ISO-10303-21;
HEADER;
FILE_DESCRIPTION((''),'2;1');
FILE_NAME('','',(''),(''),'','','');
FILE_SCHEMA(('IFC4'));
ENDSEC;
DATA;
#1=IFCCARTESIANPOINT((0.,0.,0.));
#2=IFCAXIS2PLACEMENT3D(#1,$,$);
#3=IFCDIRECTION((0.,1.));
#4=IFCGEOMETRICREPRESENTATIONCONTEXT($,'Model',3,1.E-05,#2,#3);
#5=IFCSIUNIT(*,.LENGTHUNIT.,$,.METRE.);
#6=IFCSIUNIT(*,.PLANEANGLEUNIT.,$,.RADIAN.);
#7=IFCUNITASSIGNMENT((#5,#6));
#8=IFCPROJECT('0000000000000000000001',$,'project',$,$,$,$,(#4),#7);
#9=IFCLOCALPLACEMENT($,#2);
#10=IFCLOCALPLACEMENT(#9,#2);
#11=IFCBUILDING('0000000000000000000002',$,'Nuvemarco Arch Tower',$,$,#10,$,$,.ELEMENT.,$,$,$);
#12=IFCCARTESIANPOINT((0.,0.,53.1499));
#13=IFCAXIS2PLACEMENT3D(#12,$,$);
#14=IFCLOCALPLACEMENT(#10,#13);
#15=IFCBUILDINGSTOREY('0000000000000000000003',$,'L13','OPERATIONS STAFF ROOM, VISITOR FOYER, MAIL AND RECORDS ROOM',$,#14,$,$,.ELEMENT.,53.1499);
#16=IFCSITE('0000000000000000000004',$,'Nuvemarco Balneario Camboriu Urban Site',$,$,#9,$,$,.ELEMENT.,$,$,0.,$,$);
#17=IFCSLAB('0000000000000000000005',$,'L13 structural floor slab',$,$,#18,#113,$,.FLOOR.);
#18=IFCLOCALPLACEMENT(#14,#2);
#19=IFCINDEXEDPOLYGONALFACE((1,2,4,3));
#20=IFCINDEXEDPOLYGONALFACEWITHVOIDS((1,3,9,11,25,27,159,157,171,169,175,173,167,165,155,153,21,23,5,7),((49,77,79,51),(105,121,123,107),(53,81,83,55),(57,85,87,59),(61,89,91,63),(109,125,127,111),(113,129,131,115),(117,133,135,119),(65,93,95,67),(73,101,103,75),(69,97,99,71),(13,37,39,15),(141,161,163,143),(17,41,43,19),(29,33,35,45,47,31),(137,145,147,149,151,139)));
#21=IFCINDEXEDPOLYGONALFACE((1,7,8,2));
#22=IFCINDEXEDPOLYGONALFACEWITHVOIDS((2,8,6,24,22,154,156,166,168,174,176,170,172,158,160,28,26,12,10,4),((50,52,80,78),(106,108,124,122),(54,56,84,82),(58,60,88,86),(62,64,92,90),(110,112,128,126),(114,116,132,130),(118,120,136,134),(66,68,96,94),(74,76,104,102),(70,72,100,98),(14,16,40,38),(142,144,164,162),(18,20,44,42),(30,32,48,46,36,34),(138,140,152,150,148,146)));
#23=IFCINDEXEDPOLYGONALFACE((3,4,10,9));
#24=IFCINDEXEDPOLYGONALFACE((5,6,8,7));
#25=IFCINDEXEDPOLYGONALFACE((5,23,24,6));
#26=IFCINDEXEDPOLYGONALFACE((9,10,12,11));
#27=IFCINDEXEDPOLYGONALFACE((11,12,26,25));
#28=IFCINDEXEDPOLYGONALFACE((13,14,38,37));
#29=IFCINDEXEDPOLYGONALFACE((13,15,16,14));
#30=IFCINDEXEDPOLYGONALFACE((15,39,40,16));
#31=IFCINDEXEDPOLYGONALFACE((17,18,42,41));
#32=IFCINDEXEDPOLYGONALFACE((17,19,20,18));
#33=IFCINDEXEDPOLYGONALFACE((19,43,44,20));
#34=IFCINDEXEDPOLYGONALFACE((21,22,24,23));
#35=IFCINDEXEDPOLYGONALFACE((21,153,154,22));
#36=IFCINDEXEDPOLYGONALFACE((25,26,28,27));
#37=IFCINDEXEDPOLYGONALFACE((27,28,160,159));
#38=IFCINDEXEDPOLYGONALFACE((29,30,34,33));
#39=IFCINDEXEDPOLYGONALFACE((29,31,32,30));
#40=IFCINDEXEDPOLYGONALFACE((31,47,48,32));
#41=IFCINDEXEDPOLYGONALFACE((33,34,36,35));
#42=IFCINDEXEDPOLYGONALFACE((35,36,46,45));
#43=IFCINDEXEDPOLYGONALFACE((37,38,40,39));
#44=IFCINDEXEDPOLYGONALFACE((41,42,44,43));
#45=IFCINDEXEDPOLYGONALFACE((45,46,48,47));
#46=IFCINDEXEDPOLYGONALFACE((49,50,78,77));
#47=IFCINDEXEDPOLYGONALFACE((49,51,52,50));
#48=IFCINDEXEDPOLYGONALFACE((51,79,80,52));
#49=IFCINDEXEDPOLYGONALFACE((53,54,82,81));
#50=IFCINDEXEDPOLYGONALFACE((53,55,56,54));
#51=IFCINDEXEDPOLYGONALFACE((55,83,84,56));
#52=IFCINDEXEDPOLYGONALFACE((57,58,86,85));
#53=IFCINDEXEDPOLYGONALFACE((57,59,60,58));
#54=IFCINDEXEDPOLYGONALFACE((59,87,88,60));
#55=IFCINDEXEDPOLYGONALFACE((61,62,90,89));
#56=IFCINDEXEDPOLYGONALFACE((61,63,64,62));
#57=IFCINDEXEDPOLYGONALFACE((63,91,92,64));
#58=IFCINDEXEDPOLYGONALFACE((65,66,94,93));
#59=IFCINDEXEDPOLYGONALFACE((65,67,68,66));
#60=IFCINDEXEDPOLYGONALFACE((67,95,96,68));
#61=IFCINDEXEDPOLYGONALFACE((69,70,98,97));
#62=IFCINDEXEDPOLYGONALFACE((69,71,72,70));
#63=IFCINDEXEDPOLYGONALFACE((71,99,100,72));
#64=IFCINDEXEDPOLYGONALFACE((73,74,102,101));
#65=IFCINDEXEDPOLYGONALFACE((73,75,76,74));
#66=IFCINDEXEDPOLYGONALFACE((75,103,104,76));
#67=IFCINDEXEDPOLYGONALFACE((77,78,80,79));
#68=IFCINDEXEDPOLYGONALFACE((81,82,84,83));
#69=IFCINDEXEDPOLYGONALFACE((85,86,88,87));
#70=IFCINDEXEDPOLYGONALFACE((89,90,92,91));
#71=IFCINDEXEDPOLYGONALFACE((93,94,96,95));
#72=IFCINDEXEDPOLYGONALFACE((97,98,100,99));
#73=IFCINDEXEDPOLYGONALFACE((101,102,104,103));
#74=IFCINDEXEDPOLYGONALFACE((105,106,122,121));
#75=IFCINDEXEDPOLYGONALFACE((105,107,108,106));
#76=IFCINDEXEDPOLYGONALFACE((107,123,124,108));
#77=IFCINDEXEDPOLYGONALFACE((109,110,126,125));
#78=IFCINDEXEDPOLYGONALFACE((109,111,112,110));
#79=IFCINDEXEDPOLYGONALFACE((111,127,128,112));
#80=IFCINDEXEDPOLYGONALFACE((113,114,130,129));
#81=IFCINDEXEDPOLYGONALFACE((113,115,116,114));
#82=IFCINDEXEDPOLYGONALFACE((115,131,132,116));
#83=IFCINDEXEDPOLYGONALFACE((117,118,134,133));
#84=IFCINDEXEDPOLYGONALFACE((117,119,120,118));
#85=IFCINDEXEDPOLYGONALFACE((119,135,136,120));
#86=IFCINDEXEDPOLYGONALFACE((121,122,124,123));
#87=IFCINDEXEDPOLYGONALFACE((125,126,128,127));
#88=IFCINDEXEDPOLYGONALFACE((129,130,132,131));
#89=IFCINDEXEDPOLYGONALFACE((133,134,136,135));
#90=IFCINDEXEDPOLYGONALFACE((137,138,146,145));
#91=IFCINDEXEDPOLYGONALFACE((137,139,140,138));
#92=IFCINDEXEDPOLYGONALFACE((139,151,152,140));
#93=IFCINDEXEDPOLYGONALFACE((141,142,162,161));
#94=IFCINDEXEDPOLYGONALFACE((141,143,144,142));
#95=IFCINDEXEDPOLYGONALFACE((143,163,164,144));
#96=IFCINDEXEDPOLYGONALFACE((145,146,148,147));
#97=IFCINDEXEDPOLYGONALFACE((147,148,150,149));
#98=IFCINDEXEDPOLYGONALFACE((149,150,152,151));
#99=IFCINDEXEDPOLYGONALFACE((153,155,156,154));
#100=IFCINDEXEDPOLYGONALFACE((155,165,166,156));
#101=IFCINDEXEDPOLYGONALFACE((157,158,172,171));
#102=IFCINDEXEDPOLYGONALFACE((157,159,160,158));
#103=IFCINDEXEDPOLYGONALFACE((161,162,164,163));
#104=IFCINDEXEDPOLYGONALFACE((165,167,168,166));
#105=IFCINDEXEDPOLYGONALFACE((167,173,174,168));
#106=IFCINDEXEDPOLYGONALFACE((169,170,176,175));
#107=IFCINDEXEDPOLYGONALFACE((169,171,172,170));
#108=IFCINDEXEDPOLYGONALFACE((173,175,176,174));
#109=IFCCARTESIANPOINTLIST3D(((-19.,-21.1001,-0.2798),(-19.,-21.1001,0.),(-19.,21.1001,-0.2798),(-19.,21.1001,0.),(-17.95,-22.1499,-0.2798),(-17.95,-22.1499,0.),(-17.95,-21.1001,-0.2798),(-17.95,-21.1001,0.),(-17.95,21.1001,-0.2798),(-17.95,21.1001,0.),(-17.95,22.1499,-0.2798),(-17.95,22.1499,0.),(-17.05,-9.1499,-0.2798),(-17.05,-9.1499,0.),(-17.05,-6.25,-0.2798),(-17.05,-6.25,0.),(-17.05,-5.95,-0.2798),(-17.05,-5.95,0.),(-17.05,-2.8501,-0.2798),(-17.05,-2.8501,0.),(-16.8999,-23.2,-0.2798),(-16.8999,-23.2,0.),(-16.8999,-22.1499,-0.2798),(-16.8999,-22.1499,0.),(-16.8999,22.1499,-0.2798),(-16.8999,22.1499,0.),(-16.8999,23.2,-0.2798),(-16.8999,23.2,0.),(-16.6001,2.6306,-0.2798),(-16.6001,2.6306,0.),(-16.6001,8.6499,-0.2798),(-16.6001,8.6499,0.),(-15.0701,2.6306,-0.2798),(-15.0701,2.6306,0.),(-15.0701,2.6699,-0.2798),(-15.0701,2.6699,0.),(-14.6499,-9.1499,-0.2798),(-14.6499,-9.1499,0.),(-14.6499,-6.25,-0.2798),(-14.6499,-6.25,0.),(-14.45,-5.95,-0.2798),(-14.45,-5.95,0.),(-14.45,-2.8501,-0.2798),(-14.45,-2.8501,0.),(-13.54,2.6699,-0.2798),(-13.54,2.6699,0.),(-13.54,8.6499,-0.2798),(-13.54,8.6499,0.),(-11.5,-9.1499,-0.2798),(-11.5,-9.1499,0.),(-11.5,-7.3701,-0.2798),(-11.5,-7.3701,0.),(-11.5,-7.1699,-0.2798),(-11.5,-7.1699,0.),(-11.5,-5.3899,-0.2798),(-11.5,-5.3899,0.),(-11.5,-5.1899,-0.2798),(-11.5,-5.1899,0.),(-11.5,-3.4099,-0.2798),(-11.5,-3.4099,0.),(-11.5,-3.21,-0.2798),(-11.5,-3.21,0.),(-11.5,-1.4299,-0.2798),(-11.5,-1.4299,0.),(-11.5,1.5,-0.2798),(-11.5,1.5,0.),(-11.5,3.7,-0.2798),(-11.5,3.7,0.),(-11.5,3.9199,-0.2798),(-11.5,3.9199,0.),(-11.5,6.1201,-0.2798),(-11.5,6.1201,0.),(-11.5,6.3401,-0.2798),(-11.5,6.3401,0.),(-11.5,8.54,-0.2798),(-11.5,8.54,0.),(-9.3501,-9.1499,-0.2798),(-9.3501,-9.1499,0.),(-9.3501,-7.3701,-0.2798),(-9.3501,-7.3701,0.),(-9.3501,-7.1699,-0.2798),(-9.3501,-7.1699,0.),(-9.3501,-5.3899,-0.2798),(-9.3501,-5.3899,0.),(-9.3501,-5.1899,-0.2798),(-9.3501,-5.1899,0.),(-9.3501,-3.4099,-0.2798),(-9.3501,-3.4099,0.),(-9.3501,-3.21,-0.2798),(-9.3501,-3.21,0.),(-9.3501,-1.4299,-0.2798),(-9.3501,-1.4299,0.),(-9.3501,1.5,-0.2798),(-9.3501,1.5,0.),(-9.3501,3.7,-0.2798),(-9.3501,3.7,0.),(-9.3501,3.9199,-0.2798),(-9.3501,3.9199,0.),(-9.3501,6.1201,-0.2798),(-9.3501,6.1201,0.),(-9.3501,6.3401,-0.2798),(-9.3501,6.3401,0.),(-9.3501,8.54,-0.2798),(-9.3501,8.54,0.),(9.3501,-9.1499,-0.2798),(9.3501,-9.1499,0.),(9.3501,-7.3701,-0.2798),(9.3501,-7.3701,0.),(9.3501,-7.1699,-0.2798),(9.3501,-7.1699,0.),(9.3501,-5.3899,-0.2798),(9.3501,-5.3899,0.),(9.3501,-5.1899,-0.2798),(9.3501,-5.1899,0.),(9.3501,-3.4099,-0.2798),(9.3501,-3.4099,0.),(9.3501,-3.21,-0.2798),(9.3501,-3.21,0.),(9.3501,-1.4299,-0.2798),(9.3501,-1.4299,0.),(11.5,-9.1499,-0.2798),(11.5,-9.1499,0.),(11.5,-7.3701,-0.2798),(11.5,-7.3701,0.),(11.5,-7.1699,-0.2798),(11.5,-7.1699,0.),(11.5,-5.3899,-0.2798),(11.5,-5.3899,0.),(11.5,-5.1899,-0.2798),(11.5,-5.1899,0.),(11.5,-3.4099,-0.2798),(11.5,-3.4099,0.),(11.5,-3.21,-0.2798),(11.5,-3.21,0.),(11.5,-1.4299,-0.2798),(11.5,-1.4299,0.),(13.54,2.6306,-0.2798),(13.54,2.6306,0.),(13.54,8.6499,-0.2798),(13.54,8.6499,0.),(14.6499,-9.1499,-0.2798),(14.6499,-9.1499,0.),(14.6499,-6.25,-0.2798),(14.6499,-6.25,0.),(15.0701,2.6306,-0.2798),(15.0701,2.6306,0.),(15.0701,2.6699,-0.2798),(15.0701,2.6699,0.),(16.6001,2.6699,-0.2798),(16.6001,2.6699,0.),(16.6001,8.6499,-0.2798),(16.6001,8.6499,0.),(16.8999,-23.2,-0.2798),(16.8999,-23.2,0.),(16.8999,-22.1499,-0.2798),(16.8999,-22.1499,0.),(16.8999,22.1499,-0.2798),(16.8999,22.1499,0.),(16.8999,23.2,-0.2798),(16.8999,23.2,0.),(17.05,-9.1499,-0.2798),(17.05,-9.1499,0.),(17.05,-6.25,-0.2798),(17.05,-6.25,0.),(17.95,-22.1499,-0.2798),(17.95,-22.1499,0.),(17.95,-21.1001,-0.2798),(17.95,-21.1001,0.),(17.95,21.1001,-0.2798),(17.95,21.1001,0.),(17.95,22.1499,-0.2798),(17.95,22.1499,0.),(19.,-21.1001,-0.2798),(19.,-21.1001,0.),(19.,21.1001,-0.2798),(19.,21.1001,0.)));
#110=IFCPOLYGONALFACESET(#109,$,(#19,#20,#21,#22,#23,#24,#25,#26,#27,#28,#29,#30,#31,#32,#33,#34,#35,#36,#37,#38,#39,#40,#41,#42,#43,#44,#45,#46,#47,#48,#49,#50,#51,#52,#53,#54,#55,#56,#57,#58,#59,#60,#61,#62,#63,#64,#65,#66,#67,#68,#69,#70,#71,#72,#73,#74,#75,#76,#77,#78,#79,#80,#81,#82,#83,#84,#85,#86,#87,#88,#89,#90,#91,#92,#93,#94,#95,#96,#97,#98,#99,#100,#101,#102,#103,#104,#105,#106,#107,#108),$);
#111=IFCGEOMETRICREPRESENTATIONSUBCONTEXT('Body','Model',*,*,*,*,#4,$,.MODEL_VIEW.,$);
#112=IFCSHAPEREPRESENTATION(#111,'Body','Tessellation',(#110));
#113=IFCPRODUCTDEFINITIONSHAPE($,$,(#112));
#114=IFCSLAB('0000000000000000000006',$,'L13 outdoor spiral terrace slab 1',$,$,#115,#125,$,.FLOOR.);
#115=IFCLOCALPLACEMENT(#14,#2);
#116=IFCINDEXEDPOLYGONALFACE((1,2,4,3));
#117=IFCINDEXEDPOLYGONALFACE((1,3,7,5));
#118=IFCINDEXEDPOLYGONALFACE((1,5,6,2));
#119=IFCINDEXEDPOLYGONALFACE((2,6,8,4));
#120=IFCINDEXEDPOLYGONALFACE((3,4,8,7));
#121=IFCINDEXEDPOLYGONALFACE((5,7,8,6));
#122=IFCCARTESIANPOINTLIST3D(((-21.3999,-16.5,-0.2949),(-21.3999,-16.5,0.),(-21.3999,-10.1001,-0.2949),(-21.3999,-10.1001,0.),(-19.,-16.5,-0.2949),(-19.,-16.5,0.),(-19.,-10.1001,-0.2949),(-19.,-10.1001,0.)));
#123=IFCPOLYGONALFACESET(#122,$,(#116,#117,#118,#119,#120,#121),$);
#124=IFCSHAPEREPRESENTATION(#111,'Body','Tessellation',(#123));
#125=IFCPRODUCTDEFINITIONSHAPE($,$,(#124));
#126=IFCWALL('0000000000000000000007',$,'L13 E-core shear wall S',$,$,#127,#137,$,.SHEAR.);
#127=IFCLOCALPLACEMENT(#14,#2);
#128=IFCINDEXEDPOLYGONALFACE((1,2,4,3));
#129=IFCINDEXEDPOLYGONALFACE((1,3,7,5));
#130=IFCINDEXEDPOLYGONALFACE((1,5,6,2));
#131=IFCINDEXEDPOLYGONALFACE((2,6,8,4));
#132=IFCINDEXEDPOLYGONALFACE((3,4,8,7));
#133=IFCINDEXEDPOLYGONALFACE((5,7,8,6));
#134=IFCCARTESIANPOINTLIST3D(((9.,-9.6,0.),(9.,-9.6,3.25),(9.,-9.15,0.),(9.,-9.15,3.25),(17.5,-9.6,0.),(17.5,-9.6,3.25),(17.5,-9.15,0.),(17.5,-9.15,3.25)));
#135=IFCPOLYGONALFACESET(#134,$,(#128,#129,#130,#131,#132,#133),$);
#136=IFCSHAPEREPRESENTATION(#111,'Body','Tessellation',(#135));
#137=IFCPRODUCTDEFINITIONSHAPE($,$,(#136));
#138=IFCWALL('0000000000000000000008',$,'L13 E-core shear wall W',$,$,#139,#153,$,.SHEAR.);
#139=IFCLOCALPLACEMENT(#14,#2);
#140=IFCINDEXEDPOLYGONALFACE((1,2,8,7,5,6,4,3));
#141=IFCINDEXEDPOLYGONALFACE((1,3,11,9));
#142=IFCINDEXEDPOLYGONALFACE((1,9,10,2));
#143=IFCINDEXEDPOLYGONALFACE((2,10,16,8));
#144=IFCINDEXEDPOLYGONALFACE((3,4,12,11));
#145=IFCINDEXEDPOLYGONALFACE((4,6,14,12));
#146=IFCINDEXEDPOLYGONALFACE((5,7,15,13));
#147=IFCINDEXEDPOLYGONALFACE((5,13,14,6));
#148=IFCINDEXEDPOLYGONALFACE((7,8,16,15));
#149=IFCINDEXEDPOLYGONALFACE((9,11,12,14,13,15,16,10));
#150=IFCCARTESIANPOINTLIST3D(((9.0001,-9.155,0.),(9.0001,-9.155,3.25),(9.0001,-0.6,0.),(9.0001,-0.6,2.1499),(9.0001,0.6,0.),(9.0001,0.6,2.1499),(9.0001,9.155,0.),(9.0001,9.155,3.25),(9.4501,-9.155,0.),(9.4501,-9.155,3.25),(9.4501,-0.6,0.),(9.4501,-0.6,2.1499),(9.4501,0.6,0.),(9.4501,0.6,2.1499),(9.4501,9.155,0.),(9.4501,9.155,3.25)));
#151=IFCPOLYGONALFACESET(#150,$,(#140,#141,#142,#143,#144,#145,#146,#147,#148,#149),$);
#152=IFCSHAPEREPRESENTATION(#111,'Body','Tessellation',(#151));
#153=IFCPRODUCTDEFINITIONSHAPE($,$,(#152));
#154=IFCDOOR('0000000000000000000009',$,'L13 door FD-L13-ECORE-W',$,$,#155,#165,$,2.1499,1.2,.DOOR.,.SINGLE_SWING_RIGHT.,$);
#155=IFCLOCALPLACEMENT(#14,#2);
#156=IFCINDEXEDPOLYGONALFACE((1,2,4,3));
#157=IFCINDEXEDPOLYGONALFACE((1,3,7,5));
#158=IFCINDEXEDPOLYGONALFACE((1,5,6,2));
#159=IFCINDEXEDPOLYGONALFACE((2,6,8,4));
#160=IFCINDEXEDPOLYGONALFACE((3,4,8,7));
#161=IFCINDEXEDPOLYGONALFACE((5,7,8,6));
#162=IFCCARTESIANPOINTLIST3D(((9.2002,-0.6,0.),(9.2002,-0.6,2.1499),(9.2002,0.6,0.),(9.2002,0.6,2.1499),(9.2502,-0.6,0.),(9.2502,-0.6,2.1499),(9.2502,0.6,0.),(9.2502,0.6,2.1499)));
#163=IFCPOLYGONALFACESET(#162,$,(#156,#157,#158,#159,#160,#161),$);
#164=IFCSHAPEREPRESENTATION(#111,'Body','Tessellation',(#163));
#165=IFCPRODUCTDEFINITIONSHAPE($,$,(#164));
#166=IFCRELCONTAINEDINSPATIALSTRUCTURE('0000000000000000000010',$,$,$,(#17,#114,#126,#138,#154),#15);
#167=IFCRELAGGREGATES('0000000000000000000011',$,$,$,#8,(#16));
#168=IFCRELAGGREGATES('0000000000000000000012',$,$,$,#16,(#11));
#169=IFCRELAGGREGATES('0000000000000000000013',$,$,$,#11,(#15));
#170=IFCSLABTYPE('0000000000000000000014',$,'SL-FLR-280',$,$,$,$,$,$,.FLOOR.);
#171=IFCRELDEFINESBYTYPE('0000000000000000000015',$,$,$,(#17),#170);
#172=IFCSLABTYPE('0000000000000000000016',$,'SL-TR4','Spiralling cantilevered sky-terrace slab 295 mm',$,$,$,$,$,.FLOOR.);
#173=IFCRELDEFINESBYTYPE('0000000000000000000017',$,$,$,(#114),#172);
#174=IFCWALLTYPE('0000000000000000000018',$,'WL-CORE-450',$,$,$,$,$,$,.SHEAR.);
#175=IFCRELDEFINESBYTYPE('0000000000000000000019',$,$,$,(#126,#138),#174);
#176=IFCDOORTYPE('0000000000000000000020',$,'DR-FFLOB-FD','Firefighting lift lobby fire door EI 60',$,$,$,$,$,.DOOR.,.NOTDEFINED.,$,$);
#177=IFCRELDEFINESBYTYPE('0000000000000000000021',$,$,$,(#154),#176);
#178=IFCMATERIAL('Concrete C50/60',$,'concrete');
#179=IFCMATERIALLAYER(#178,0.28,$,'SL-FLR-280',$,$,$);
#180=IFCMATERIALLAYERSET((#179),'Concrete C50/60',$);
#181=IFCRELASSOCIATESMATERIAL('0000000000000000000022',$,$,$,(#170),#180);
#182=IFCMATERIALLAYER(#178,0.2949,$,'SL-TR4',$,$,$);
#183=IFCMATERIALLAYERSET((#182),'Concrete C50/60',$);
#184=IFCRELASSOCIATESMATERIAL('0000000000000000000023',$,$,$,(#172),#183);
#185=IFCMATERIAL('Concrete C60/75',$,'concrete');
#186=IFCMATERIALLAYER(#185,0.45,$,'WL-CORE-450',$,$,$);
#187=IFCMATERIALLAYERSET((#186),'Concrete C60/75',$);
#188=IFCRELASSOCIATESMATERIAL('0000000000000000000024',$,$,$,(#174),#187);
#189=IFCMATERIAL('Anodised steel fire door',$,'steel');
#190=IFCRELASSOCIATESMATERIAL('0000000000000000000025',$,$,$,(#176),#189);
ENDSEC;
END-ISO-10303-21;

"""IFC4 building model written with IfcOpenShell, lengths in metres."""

from ifc_helpers import new_model, si_unit, direction, frame, frame_2d, origin, place, context, subcontext, project, spatial, polyline, rectangle, outline, extrude, source, transform, mapped, material, layer, layer_set, type_object, type_shapes, element, fill, save


model = new_model("IFC4")

# Units and contexts
model_context = context("Model", 3, precision=1e-05, world=origin(), true_north=direction((0.0, 1.0)))
body_context = subcontext(model_context, "Body", "Model", "MODEL_VIEW")
ifc_project = project(units=[si_unit("LENGTHUNIT", "METRE"), si_unit("PLANEANGLEUNIT", "RADIAN")], contexts=[model_context])

# Site, building, storey
site_placement = place(None, origin())
site = spatial("IfcSite", under=ifc_project, at=site_placement, Name="Nuvemarco Balneario Camboriu Urban Site", CompositionType="ELEMENT", RefElevation=0.0)
building_placement = place(site_placement, origin())
building = spatial("IfcBuilding", under=site, at=building_placement, Name="Nuvemarco Arch Tower", CompositionType="ELEMENT")
storey_placement = place(building_placement, frame((0.0, 0.0, 53.1499)))
storey = spatial("IfcBuildingStorey", under=building, at=storey_placement, Name="L13", Description="OPERATIONS STAFF ROOM, VISITOR FOYER, MAIL AND RECORDS ROOM", CompositionType="ELEMENT", Elevation=53.1499)

# Shared definitions
ifc_material_1 = material(Name="Concrete C60/75", Category="concrete")

# Slabs
ifc_material_2 = material(Name="Concrete C50/60", Category="concrete")
ifc_layer_1 = layer(ifc_material_2, 0.28, Name="SL-FLR-280")
ifc_layer_set_1 = layer_set([ifc_layer_1], Name="Concrete C50/60")
slab_type_1 = type_object("IfcSlabType", Name="SL-FLR-280", PredefinedType="FLOOR", material=ifc_layer_set_1)
slab_1_placement = place(storey_placement, frame((0.0, 0.0, -0.2798)))
element("IfcSlab", 1, at=slab_1_placement, inside=storey, type_object=slab_type_1, Name="L13 structural floor slab", PredefinedType="FLOOR", context=body_context, shape_type="SweptSolid", body=[
    extrude(outline(polyline([(-16.8999, -23.2), (16.8999, -23.2), (16.8999, -22.1499), (17.95, -22.1499), (17.95, -21.1001), (19.0, -21.1001), (19.0, 21.1001), (17.95, 21.1001), (17.95, 22.1499), (16.8999, 22.1499), (16.8999, 23.2), (-16.8999, 23.2), (-16.8999, 22.1499), (-17.95, 22.1499), (-17.95, 21.1001), (-19.0, 21.1001), (-19.0, -21.1001), (-17.95, -21.1001), (-17.95, -22.1499), (-16.8999, -22.1499), (-16.8999, -23.2)]), holes=[polyline([(-13.54, 2.6699), (-13.54, 8.6499), (-16.6001, 8.6499), (-16.6001, 2.6306), (-15.0701, 2.6306), (-15.0701, 2.6699), (-13.54, 2.6699)]), polyline([(16.6001, 2.6699), (16.6001, 8.6499), (13.54, 8.6499), (13.54, 2.6306), (15.0701, 2.6306), (15.0701, 2.6699), (16.6001, 2.6699)]), polyline([(-17.05, -9.1499), (-14.6499, -9.1499), (-14.6499, -6.25), (-17.05, -6.25), (-17.05, -9.1499)]), polyline([(-17.05, -5.95), (-14.45, -5.95), (-14.45, -2.8501), (-17.05, -2.8501), (-17.05, -5.95)]), polyline([(-11.5, -9.1499), (-9.3501, -9.1499), (-9.3501, -7.3701), (-11.5, -7.3701), (-11.5, -9.1499)]), polyline([(-11.5, -7.1699), (-9.3501, -7.1699), (-9.3501, -5.3899), (-11.5, -5.3899), (-11.5, -7.1699)]), polyline([(-11.5, -5.1899), (-9.3501, -5.1899), (-9.3501, -3.4099), (-11.5, -3.4099), (-11.5, -5.1899)]), polyline([(-11.5, -3.21), (-9.3501, -3.21), (-9.3501, -1.4299), (-11.5, -1.4299), (-11.5, -3.21)]), polyline([(-11.5, 1.5), (-9.3501, 1.5), (-9.3501, 3.7), (-11.5, 3.7), (-11.5, 1.5)]), polyline([(-11.5, 3.9199), (-9.3501, 3.9199), (-9.3501, 6.1201), (-11.5, 6.1201), (-11.5, 3.9199)]), polyline([(-11.5, 6.3401), (-9.3501, 6.3401), (-9.3501, 8.54), (-11.5, 8.54), (-11.5, 6.3401)]), polyline([(14.6499, -9.1499), (17.05, -9.1499), (17.05, -6.25), (14.6499, -6.25), (14.6499, -9.1499)]), polyline([(9.3501, -9.1499), (11.5, -9.1499), (11.5, -7.3701), (9.3501, -7.3701), (9.3501, -9.1499)]), polyline([(9.3501, -7.1699), (11.5, -7.1699), (11.5, -5.3899), (9.3501, -5.3899), (9.3501, -7.1699)]), polyline([(9.3501, -5.1899), (11.5, -5.1899), (11.5, -3.4099), (9.3501, -3.4099), (9.3501, -5.1899)]), polyline([(9.3501, -3.21), (11.5, -3.21), (11.5, -1.4299), (9.3501, -1.4299), (9.3501, -3.21)])]), origin(), (0.0, 0.0, 1.0), 0.2798),
])
ifc_layer_2 = layer(ifc_material_2, 0.2949, Name="SL-TR4")
ifc_layer_set_2 = layer_set([ifc_layer_2], Name="Concrete C50/60")
slab_type_2 = type_object("IfcSlabType", Name="SL-TR4", Description="Spiralling cantilevered sky-terrace slab 295 mm", PredefinedType="FLOOR", material=ifc_layer_set_2)
slab_2_placement = place(storey_placement, frame((0.0, 0.0, -0.2949)))
element("IfcSlab", 2, at=slab_2_placement, inside=storey, type_object=slab_type_2, Name="L13 outdoor spiral terrace slab 1", PredefinedType="FLOOR", context=body_context, shape_type="SweptSolid", body=[
    extrude(outline(polyline([(-21.3999, -16.5), (-19.0, -16.5), (-19.0, -10.1001), (-21.3999, -10.1001), (-21.3999, -16.5)])), origin(), (0.0, 0.0, 1.0), 0.2949),
])

# Wall
ifc_layer_3 = layer(ifc_material_1, 0.45, Name="WL-CORE-450")
ifc_layer_set_3 = layer_set([ifc_layer_3], Name="Concrete C60/75")
wall_type_1 = type_object("IfcWallType", Name="WL-CORE-450", PredefinedType="SHEAR", material=ifc_layer_set_3)
wall_1_placement = place(storey_placement, frame((9.0, -9.375, 0.0), z_axis=(0.0, 0.0, 1.0), x_axis=(1.0, 0.0, 0.0)))
element("IfcWall", 3, at=wall_1_placement, inside=storey, type_object=wall_type_1, Name="L13 E-core shear wall S", PredefinedType="SHEAR", context=body_context, shape_type="SweptSolid", body=[
    extrude(rectangle(XDim=8.5, YDim=0.45, at=frame_2d((4.25, 0.0))), origin(), (0.0, 0.0, 1.0), 3.25),
])

# Wall, opening, door
wall_2_placement = place(storey_placement, frame((9.2251, -9.155, 0.0), z_axis=(0.0, 0.0, 1.0), x_axis=(0.0, 1.0, 0.0)))
wall_2 = element("IfcWall", 4, at=wall_2_placement, inside=storey, type_object=wall_type_1, Name="L13 E-core shear wall W", PredefinedType="SHEAR", context=body_context, shape_type="SweptSolid", body=[
    extrude(rectangle(XDim=18.3101, YDim=0.45, at=frame_2d((9.155, 0.0))), origin(), (0.0, 0.0, 1.0), 3.25),
])
opening_1_placement = place(wall_2_placement, frame((8.5549, 0.0, 0.0)))
opening_1 = element("IfcOpeningElement", 5, at=opening_1_placement, cuts=wall_2, PredefinedType="OPENING", context=body_context, shape_type="SweptSolid", body=[
    extrude(rectangle(XDim=1.2, YDim=2.1499, at=frame_2d((0.6001, 1.075))), frame((0.0, 0.2349, 0.0), z_axis=(0.0, -1.0, 0.0), x_axis=(1.0, 0.0, 0.0)), (0.0, 0.0, 1.0), 0.47),
])
ifc_material_3 = material(Name="Anodised steel fire door", Category="steel")
door_type_1 = type_object("IfcDoorType", Name="DR-FFLOB-FD", Description="Firefighting lift lobby fire door EI 60", OperationType="NOTDEFINED", PredefinedType="DOOR", material=ifc_material_3)
shared_shape_1 = source(origin(), body_context, "Body", "SweptSolid", [
    extrude(rectangle(XDim=1.2, YDim=2.1499, at=frame_2d((0.6001, 1.075))), frame((0.0, 0.0249, 0.0), z_axis=(0.0, -1.0, 0.0), x_axis=(1.0, 0.0, 0.0)), (0.0, 0.0, 1.0), 0.05),
])
type_shapes(door_type_1, [shared_shape_1])
door_1_placement = place(opening_1_placement, origin())
door_1 = element("IfcDoor", 6, at=door_1_placement, inside=storey, type_object=door_type_1, Name="L13 door FD-L13-ECORE-W", OperationType="SINGLE_SWING_RIGHT", OverallHeight=2.1499, OverallWidth=1.2, PredefinedType="DOOR", context=body_context, shape_type="MappedRepresentation", body=[
    mapped(shared_shape_1, transform((0.0, 0.0, 0.0), scale=1.0)),
])
fill(opening_1, door_1)

save(model, "model.ifc")
